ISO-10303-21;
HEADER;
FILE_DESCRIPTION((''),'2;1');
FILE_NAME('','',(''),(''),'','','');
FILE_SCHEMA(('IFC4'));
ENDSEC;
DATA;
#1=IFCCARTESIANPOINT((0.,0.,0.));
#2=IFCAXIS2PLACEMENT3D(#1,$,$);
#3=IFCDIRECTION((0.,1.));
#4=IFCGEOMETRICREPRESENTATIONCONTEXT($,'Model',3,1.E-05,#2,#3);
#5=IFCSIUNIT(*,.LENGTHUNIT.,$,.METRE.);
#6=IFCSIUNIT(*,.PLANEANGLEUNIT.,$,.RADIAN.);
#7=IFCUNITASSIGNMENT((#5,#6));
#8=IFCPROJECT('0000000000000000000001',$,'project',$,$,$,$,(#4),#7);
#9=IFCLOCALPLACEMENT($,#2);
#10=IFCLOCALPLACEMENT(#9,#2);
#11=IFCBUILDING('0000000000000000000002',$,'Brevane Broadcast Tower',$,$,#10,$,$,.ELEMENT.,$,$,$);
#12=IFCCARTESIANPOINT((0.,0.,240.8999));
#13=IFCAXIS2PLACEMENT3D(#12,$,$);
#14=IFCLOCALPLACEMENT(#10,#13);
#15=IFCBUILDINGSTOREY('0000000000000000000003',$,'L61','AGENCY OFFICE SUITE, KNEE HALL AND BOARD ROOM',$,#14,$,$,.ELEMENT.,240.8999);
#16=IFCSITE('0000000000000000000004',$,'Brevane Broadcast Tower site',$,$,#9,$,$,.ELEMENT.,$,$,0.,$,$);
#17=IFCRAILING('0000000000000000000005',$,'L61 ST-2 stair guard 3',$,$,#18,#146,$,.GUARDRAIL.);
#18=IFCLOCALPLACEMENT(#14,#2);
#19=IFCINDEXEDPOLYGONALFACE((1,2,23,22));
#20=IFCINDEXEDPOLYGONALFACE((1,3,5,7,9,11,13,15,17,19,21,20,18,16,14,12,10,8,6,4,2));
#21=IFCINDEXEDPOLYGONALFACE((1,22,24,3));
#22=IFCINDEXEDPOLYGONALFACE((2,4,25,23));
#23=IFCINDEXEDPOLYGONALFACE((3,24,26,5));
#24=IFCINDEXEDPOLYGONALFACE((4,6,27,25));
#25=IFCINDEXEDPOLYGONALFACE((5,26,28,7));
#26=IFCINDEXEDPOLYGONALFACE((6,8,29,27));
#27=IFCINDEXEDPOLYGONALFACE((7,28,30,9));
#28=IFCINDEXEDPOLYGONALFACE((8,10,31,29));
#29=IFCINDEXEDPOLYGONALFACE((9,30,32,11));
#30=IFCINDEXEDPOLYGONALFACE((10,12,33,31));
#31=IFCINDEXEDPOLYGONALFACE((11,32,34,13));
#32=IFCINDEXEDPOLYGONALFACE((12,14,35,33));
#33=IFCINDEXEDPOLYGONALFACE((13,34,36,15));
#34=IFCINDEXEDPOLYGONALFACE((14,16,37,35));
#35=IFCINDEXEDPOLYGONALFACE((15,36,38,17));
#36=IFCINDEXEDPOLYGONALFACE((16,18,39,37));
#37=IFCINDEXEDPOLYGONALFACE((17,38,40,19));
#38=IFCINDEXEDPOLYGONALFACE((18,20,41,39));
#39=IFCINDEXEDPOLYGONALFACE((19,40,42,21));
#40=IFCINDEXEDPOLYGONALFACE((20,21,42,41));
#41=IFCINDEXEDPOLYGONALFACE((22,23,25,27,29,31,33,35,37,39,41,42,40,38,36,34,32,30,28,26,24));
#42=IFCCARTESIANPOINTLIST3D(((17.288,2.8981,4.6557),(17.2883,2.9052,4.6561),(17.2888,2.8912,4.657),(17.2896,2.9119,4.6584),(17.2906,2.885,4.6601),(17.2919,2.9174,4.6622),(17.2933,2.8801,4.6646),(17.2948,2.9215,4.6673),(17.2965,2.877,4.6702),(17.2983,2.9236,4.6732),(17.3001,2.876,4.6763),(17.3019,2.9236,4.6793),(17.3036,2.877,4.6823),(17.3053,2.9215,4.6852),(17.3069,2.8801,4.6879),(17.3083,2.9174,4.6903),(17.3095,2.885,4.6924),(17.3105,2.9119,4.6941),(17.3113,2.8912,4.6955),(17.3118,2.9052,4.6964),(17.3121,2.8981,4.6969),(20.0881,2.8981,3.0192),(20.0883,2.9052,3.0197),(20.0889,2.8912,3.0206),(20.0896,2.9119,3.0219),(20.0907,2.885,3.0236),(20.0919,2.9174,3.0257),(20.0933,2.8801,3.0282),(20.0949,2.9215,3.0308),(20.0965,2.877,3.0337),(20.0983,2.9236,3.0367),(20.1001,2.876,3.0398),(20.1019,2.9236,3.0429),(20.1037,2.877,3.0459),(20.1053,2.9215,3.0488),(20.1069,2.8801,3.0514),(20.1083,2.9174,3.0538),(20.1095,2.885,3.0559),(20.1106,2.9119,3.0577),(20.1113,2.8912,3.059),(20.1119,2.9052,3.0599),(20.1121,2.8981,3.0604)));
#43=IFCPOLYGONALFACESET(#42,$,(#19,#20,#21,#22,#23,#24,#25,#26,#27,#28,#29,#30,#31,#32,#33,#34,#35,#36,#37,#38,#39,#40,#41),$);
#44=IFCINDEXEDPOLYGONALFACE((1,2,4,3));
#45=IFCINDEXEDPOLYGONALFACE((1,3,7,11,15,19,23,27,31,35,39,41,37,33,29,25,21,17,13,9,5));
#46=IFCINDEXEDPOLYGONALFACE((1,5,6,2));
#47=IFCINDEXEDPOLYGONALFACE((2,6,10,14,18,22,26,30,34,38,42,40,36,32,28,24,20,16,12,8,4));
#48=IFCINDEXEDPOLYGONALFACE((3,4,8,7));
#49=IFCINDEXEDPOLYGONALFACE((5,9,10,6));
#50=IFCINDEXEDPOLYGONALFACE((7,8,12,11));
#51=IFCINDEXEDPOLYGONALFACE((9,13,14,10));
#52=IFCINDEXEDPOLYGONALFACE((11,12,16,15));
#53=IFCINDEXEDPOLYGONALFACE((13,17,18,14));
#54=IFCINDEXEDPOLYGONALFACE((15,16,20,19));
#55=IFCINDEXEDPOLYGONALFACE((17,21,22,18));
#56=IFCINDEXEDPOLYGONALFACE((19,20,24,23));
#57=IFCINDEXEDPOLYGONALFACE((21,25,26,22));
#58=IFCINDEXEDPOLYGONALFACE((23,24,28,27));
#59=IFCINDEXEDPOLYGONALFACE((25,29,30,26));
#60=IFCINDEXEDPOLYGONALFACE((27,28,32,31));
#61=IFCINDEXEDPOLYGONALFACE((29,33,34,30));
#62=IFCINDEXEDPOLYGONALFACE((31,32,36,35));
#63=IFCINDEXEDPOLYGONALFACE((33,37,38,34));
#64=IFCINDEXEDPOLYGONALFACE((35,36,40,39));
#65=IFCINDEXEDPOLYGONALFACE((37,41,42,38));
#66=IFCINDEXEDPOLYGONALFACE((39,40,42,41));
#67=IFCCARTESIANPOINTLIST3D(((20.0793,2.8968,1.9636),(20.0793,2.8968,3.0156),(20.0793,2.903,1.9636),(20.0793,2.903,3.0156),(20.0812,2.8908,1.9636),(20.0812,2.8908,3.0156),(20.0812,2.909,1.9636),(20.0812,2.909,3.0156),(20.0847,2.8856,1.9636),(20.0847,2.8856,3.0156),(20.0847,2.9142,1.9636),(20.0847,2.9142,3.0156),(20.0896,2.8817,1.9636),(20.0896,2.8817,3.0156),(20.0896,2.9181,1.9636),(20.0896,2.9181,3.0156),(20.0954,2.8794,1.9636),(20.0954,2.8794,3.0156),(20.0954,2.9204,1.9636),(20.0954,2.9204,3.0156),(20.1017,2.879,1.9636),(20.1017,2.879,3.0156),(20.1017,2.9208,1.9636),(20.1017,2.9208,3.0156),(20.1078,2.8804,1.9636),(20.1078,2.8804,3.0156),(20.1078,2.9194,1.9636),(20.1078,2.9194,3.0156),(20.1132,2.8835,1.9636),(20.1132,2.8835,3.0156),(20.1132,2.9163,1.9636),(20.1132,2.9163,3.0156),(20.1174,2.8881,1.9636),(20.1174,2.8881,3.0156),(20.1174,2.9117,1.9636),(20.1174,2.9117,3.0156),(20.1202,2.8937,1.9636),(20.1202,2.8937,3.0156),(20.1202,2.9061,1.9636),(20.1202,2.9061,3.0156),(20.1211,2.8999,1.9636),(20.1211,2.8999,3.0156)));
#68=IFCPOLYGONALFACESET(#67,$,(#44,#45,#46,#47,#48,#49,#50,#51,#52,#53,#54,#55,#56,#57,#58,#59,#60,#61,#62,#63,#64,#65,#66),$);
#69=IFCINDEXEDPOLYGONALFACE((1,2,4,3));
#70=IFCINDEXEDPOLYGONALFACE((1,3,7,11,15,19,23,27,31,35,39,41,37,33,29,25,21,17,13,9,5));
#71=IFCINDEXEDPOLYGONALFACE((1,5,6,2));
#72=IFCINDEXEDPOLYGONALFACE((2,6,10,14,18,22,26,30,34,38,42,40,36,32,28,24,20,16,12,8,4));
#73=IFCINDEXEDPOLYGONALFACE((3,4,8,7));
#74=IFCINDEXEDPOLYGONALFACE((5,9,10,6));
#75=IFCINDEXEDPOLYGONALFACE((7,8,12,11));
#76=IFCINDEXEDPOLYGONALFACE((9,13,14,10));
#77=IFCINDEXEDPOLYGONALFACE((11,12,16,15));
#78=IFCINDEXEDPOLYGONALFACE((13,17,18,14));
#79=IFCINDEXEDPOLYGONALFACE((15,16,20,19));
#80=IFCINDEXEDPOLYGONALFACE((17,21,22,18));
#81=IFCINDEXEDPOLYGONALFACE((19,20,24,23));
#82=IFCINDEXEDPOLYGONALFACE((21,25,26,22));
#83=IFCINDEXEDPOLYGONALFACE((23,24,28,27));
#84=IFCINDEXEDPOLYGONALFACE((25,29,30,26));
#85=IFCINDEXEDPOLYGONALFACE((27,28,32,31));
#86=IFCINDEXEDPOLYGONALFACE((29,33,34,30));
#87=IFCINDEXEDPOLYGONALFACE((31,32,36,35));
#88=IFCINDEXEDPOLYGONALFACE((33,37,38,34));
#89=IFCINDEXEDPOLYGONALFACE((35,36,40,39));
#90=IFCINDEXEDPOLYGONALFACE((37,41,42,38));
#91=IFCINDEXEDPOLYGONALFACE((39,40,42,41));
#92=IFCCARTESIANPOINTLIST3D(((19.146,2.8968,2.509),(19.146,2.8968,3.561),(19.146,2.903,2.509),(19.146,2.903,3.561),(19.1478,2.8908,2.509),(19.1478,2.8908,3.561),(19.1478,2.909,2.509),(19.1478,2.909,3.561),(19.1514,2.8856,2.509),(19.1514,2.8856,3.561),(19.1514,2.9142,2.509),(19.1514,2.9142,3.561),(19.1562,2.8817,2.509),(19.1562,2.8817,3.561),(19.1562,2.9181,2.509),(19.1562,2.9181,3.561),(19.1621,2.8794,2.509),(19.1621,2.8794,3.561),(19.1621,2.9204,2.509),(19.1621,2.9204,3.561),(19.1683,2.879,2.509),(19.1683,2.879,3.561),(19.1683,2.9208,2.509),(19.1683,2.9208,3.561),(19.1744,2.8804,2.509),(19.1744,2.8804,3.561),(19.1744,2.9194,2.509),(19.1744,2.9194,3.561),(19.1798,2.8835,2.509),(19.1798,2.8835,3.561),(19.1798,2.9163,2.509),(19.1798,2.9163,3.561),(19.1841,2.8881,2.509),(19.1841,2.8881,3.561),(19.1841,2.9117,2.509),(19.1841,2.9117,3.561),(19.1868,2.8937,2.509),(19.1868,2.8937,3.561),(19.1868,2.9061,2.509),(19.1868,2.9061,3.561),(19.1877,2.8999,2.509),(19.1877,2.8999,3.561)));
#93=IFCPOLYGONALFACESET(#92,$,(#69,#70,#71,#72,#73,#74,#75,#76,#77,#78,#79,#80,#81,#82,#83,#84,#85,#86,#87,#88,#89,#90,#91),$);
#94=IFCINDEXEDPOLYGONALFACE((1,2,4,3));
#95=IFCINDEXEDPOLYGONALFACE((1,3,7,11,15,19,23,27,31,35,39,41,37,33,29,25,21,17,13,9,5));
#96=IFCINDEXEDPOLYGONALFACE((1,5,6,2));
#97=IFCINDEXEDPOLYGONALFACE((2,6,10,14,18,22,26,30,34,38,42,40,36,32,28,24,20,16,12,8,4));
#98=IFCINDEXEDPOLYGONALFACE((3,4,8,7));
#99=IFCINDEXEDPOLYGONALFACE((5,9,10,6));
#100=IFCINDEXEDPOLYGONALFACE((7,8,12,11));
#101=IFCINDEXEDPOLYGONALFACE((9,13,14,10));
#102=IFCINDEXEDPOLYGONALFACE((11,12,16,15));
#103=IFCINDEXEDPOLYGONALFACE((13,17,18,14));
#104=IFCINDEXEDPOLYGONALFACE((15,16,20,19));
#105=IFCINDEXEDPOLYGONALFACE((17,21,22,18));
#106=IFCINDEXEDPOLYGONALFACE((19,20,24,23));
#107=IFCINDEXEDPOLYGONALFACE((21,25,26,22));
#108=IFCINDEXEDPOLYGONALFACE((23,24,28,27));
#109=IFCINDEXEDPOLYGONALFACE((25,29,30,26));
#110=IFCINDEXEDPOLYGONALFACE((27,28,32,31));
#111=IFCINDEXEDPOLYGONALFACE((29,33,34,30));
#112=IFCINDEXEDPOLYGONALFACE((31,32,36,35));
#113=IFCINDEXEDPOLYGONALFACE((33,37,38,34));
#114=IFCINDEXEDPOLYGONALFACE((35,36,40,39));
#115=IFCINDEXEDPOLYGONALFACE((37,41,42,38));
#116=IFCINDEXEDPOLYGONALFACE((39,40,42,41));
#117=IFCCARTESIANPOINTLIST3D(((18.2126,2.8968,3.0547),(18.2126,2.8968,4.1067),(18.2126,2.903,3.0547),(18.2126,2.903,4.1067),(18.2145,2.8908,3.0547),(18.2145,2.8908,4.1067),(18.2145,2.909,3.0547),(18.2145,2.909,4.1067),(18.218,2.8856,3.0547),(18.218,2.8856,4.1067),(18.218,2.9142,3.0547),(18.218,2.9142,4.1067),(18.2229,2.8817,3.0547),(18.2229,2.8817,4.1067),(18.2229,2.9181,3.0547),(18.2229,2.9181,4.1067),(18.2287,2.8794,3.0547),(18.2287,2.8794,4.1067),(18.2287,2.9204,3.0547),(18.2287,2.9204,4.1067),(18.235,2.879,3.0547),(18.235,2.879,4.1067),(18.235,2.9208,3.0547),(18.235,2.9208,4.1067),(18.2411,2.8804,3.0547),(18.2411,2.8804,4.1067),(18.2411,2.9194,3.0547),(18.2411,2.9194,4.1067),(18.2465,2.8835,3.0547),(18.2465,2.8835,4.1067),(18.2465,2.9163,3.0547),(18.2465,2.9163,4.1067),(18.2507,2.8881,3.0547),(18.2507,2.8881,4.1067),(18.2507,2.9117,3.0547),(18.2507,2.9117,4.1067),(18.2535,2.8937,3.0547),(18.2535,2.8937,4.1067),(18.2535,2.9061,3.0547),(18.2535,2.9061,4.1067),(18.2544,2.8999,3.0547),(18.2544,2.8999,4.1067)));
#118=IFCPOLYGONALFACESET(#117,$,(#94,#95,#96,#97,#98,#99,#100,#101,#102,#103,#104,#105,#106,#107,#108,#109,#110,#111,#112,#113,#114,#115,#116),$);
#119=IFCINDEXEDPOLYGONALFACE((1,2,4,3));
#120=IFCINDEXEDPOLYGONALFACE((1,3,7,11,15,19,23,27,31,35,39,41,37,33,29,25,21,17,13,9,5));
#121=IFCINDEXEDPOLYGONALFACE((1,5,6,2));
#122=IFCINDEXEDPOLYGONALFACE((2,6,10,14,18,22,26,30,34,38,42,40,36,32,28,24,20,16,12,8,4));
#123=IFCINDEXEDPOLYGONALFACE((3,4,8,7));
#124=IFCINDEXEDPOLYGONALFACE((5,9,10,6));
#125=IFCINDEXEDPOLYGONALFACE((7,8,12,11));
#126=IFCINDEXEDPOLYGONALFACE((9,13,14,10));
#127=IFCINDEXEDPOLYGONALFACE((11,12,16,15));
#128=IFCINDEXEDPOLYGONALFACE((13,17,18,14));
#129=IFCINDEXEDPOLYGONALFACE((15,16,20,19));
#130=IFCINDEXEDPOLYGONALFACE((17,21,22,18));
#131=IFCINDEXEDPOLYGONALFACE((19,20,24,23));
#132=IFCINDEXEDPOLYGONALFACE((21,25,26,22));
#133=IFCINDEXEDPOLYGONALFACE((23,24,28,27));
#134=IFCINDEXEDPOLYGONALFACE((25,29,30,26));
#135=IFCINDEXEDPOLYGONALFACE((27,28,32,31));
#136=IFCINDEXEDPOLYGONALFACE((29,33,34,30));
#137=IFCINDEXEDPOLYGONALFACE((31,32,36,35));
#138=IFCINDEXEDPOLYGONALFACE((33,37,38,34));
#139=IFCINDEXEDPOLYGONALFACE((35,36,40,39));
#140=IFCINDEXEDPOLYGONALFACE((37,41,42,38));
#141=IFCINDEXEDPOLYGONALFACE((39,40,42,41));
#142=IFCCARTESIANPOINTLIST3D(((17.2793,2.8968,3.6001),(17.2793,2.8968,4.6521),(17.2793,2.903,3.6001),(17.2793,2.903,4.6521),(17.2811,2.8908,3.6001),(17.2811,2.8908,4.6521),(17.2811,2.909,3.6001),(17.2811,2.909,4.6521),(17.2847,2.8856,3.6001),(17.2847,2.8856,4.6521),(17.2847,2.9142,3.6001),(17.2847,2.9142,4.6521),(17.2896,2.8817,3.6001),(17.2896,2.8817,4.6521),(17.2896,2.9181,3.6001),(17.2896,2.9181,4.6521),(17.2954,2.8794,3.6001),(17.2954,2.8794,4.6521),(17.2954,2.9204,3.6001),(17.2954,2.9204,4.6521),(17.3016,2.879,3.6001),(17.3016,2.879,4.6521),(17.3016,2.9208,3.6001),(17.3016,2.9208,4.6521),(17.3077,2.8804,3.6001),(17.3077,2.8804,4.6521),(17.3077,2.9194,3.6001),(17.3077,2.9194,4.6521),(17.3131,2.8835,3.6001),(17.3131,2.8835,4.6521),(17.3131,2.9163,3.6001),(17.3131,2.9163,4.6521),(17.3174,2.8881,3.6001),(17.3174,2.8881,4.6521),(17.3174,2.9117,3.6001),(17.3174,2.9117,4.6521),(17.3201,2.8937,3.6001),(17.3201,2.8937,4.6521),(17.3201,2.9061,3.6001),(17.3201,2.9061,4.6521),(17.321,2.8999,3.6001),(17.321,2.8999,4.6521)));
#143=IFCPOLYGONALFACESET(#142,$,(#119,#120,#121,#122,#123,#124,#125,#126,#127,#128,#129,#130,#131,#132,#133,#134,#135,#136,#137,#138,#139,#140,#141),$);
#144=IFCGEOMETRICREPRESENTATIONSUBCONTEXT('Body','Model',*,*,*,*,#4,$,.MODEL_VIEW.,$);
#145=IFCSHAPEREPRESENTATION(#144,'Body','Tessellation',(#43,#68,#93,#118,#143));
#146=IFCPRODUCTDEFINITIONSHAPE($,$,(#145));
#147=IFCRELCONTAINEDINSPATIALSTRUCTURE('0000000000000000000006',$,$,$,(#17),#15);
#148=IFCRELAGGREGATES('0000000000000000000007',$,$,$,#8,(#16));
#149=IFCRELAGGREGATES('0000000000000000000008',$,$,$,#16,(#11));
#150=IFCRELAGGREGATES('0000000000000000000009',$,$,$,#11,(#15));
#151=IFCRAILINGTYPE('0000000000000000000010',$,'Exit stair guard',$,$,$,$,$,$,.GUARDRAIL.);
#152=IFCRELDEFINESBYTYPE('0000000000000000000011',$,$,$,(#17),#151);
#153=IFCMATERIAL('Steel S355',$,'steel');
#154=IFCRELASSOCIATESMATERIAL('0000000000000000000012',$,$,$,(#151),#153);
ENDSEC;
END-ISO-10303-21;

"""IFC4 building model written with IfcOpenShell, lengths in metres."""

from ifc_helpers import new_model, si_unit, direction, frame, origin, origin_2d, place, context, subcontext, project, spatial, circle, extrude, material, type_object, element, save


model = new_model("IFC4")

# Units and contexts
model_context = context("Model", 3, precision=1e-05, world=origin(), true_north=direction((0.0, 1.0)))
body_context = subcontext(model_context, "Body", "Model", "MODEL_VIEW")
ifc_project = project(units=[si_unit("LENGTHUNIT", "METRE"), si_unit("PLANEANGLEUNIT", "RADIAN")], contexts=[model_context])

# Site, building, storey
site_placement = place(None, origin())
site = spatial("IfcSite", under=ifc_project, at=site_placement, Name="Brevane Broadcast Tower site", CompositionType="ELEMENT", RefElevation=0.0)
building_placement = place(site_placement, origin())
building = spatial("IfcBuilding", under=site, at=building_placement, Name="Brevane Broadcast Tower", CompositionType="ELEMENT")
storey_placement = place(building_placement, frame((0.0, 0.0, 240.8999)))
storey = spatial("IfcBuildingStorey", under=building, at=storey_placement, Name="L61", Description="AGENCY OFFICE SUITE, KNEE HALL AND BOARD ROOM", CompositionType="ELEMENT", Elevation=240.8999)

# Railing
ifc_material_1 = material(Name="Steel S355", Category="steel")
railing_type_1 = type_object("IfcRailingType", Name="Exit stair guard", PredefinedType="GUARDRAIL", material=ifc_material_1)
railing_1_placement = place(storey_placement, frame((20.1001, 2.8999, 1.9636)))
element("IfcRailing", 1, at=railing_1_placement, inside=storey, type_object=railing_type_1, Name="L61 ST-2 stair guard 3", PredefinedType="GUARDRAIL", context=body_context, shape_type="SweptSolid", body=[
    extrude(circle(Radius=0.0239, at=origin_2d()), frame((0.0, 0.0, 1.0762), z_axis=(-0.863361, 0.0, 0.504587), x_axis=(0.0, -1.0, 0.0)), (0.0, 0.0, 1.0), 3.2432),
    extrude(circle(Radius=0.021, at=origin_2d()), origin(), (0.0, 0.0, 1.0), 1.052),
    extrude(circle(Radius=0.021, at=origin_2d()), frame((-0.9333, 0.0, 0.5454)), (0.0, 0.0, 1.0), 1.052),
    extrude(circle(Radius=0.021, at=origin_2d()), frame((-1.8667, 0.0, 1.0911)), (0.0, 0.0, 1.0), 1.052),
    extrude(circle(Radius=0.021, at=origin_2d()), frame((-2.8, 0.0, 1.6365)), (0.0, 0.0, 1.0), 1.052),
])

save(model, "model.ifc")
